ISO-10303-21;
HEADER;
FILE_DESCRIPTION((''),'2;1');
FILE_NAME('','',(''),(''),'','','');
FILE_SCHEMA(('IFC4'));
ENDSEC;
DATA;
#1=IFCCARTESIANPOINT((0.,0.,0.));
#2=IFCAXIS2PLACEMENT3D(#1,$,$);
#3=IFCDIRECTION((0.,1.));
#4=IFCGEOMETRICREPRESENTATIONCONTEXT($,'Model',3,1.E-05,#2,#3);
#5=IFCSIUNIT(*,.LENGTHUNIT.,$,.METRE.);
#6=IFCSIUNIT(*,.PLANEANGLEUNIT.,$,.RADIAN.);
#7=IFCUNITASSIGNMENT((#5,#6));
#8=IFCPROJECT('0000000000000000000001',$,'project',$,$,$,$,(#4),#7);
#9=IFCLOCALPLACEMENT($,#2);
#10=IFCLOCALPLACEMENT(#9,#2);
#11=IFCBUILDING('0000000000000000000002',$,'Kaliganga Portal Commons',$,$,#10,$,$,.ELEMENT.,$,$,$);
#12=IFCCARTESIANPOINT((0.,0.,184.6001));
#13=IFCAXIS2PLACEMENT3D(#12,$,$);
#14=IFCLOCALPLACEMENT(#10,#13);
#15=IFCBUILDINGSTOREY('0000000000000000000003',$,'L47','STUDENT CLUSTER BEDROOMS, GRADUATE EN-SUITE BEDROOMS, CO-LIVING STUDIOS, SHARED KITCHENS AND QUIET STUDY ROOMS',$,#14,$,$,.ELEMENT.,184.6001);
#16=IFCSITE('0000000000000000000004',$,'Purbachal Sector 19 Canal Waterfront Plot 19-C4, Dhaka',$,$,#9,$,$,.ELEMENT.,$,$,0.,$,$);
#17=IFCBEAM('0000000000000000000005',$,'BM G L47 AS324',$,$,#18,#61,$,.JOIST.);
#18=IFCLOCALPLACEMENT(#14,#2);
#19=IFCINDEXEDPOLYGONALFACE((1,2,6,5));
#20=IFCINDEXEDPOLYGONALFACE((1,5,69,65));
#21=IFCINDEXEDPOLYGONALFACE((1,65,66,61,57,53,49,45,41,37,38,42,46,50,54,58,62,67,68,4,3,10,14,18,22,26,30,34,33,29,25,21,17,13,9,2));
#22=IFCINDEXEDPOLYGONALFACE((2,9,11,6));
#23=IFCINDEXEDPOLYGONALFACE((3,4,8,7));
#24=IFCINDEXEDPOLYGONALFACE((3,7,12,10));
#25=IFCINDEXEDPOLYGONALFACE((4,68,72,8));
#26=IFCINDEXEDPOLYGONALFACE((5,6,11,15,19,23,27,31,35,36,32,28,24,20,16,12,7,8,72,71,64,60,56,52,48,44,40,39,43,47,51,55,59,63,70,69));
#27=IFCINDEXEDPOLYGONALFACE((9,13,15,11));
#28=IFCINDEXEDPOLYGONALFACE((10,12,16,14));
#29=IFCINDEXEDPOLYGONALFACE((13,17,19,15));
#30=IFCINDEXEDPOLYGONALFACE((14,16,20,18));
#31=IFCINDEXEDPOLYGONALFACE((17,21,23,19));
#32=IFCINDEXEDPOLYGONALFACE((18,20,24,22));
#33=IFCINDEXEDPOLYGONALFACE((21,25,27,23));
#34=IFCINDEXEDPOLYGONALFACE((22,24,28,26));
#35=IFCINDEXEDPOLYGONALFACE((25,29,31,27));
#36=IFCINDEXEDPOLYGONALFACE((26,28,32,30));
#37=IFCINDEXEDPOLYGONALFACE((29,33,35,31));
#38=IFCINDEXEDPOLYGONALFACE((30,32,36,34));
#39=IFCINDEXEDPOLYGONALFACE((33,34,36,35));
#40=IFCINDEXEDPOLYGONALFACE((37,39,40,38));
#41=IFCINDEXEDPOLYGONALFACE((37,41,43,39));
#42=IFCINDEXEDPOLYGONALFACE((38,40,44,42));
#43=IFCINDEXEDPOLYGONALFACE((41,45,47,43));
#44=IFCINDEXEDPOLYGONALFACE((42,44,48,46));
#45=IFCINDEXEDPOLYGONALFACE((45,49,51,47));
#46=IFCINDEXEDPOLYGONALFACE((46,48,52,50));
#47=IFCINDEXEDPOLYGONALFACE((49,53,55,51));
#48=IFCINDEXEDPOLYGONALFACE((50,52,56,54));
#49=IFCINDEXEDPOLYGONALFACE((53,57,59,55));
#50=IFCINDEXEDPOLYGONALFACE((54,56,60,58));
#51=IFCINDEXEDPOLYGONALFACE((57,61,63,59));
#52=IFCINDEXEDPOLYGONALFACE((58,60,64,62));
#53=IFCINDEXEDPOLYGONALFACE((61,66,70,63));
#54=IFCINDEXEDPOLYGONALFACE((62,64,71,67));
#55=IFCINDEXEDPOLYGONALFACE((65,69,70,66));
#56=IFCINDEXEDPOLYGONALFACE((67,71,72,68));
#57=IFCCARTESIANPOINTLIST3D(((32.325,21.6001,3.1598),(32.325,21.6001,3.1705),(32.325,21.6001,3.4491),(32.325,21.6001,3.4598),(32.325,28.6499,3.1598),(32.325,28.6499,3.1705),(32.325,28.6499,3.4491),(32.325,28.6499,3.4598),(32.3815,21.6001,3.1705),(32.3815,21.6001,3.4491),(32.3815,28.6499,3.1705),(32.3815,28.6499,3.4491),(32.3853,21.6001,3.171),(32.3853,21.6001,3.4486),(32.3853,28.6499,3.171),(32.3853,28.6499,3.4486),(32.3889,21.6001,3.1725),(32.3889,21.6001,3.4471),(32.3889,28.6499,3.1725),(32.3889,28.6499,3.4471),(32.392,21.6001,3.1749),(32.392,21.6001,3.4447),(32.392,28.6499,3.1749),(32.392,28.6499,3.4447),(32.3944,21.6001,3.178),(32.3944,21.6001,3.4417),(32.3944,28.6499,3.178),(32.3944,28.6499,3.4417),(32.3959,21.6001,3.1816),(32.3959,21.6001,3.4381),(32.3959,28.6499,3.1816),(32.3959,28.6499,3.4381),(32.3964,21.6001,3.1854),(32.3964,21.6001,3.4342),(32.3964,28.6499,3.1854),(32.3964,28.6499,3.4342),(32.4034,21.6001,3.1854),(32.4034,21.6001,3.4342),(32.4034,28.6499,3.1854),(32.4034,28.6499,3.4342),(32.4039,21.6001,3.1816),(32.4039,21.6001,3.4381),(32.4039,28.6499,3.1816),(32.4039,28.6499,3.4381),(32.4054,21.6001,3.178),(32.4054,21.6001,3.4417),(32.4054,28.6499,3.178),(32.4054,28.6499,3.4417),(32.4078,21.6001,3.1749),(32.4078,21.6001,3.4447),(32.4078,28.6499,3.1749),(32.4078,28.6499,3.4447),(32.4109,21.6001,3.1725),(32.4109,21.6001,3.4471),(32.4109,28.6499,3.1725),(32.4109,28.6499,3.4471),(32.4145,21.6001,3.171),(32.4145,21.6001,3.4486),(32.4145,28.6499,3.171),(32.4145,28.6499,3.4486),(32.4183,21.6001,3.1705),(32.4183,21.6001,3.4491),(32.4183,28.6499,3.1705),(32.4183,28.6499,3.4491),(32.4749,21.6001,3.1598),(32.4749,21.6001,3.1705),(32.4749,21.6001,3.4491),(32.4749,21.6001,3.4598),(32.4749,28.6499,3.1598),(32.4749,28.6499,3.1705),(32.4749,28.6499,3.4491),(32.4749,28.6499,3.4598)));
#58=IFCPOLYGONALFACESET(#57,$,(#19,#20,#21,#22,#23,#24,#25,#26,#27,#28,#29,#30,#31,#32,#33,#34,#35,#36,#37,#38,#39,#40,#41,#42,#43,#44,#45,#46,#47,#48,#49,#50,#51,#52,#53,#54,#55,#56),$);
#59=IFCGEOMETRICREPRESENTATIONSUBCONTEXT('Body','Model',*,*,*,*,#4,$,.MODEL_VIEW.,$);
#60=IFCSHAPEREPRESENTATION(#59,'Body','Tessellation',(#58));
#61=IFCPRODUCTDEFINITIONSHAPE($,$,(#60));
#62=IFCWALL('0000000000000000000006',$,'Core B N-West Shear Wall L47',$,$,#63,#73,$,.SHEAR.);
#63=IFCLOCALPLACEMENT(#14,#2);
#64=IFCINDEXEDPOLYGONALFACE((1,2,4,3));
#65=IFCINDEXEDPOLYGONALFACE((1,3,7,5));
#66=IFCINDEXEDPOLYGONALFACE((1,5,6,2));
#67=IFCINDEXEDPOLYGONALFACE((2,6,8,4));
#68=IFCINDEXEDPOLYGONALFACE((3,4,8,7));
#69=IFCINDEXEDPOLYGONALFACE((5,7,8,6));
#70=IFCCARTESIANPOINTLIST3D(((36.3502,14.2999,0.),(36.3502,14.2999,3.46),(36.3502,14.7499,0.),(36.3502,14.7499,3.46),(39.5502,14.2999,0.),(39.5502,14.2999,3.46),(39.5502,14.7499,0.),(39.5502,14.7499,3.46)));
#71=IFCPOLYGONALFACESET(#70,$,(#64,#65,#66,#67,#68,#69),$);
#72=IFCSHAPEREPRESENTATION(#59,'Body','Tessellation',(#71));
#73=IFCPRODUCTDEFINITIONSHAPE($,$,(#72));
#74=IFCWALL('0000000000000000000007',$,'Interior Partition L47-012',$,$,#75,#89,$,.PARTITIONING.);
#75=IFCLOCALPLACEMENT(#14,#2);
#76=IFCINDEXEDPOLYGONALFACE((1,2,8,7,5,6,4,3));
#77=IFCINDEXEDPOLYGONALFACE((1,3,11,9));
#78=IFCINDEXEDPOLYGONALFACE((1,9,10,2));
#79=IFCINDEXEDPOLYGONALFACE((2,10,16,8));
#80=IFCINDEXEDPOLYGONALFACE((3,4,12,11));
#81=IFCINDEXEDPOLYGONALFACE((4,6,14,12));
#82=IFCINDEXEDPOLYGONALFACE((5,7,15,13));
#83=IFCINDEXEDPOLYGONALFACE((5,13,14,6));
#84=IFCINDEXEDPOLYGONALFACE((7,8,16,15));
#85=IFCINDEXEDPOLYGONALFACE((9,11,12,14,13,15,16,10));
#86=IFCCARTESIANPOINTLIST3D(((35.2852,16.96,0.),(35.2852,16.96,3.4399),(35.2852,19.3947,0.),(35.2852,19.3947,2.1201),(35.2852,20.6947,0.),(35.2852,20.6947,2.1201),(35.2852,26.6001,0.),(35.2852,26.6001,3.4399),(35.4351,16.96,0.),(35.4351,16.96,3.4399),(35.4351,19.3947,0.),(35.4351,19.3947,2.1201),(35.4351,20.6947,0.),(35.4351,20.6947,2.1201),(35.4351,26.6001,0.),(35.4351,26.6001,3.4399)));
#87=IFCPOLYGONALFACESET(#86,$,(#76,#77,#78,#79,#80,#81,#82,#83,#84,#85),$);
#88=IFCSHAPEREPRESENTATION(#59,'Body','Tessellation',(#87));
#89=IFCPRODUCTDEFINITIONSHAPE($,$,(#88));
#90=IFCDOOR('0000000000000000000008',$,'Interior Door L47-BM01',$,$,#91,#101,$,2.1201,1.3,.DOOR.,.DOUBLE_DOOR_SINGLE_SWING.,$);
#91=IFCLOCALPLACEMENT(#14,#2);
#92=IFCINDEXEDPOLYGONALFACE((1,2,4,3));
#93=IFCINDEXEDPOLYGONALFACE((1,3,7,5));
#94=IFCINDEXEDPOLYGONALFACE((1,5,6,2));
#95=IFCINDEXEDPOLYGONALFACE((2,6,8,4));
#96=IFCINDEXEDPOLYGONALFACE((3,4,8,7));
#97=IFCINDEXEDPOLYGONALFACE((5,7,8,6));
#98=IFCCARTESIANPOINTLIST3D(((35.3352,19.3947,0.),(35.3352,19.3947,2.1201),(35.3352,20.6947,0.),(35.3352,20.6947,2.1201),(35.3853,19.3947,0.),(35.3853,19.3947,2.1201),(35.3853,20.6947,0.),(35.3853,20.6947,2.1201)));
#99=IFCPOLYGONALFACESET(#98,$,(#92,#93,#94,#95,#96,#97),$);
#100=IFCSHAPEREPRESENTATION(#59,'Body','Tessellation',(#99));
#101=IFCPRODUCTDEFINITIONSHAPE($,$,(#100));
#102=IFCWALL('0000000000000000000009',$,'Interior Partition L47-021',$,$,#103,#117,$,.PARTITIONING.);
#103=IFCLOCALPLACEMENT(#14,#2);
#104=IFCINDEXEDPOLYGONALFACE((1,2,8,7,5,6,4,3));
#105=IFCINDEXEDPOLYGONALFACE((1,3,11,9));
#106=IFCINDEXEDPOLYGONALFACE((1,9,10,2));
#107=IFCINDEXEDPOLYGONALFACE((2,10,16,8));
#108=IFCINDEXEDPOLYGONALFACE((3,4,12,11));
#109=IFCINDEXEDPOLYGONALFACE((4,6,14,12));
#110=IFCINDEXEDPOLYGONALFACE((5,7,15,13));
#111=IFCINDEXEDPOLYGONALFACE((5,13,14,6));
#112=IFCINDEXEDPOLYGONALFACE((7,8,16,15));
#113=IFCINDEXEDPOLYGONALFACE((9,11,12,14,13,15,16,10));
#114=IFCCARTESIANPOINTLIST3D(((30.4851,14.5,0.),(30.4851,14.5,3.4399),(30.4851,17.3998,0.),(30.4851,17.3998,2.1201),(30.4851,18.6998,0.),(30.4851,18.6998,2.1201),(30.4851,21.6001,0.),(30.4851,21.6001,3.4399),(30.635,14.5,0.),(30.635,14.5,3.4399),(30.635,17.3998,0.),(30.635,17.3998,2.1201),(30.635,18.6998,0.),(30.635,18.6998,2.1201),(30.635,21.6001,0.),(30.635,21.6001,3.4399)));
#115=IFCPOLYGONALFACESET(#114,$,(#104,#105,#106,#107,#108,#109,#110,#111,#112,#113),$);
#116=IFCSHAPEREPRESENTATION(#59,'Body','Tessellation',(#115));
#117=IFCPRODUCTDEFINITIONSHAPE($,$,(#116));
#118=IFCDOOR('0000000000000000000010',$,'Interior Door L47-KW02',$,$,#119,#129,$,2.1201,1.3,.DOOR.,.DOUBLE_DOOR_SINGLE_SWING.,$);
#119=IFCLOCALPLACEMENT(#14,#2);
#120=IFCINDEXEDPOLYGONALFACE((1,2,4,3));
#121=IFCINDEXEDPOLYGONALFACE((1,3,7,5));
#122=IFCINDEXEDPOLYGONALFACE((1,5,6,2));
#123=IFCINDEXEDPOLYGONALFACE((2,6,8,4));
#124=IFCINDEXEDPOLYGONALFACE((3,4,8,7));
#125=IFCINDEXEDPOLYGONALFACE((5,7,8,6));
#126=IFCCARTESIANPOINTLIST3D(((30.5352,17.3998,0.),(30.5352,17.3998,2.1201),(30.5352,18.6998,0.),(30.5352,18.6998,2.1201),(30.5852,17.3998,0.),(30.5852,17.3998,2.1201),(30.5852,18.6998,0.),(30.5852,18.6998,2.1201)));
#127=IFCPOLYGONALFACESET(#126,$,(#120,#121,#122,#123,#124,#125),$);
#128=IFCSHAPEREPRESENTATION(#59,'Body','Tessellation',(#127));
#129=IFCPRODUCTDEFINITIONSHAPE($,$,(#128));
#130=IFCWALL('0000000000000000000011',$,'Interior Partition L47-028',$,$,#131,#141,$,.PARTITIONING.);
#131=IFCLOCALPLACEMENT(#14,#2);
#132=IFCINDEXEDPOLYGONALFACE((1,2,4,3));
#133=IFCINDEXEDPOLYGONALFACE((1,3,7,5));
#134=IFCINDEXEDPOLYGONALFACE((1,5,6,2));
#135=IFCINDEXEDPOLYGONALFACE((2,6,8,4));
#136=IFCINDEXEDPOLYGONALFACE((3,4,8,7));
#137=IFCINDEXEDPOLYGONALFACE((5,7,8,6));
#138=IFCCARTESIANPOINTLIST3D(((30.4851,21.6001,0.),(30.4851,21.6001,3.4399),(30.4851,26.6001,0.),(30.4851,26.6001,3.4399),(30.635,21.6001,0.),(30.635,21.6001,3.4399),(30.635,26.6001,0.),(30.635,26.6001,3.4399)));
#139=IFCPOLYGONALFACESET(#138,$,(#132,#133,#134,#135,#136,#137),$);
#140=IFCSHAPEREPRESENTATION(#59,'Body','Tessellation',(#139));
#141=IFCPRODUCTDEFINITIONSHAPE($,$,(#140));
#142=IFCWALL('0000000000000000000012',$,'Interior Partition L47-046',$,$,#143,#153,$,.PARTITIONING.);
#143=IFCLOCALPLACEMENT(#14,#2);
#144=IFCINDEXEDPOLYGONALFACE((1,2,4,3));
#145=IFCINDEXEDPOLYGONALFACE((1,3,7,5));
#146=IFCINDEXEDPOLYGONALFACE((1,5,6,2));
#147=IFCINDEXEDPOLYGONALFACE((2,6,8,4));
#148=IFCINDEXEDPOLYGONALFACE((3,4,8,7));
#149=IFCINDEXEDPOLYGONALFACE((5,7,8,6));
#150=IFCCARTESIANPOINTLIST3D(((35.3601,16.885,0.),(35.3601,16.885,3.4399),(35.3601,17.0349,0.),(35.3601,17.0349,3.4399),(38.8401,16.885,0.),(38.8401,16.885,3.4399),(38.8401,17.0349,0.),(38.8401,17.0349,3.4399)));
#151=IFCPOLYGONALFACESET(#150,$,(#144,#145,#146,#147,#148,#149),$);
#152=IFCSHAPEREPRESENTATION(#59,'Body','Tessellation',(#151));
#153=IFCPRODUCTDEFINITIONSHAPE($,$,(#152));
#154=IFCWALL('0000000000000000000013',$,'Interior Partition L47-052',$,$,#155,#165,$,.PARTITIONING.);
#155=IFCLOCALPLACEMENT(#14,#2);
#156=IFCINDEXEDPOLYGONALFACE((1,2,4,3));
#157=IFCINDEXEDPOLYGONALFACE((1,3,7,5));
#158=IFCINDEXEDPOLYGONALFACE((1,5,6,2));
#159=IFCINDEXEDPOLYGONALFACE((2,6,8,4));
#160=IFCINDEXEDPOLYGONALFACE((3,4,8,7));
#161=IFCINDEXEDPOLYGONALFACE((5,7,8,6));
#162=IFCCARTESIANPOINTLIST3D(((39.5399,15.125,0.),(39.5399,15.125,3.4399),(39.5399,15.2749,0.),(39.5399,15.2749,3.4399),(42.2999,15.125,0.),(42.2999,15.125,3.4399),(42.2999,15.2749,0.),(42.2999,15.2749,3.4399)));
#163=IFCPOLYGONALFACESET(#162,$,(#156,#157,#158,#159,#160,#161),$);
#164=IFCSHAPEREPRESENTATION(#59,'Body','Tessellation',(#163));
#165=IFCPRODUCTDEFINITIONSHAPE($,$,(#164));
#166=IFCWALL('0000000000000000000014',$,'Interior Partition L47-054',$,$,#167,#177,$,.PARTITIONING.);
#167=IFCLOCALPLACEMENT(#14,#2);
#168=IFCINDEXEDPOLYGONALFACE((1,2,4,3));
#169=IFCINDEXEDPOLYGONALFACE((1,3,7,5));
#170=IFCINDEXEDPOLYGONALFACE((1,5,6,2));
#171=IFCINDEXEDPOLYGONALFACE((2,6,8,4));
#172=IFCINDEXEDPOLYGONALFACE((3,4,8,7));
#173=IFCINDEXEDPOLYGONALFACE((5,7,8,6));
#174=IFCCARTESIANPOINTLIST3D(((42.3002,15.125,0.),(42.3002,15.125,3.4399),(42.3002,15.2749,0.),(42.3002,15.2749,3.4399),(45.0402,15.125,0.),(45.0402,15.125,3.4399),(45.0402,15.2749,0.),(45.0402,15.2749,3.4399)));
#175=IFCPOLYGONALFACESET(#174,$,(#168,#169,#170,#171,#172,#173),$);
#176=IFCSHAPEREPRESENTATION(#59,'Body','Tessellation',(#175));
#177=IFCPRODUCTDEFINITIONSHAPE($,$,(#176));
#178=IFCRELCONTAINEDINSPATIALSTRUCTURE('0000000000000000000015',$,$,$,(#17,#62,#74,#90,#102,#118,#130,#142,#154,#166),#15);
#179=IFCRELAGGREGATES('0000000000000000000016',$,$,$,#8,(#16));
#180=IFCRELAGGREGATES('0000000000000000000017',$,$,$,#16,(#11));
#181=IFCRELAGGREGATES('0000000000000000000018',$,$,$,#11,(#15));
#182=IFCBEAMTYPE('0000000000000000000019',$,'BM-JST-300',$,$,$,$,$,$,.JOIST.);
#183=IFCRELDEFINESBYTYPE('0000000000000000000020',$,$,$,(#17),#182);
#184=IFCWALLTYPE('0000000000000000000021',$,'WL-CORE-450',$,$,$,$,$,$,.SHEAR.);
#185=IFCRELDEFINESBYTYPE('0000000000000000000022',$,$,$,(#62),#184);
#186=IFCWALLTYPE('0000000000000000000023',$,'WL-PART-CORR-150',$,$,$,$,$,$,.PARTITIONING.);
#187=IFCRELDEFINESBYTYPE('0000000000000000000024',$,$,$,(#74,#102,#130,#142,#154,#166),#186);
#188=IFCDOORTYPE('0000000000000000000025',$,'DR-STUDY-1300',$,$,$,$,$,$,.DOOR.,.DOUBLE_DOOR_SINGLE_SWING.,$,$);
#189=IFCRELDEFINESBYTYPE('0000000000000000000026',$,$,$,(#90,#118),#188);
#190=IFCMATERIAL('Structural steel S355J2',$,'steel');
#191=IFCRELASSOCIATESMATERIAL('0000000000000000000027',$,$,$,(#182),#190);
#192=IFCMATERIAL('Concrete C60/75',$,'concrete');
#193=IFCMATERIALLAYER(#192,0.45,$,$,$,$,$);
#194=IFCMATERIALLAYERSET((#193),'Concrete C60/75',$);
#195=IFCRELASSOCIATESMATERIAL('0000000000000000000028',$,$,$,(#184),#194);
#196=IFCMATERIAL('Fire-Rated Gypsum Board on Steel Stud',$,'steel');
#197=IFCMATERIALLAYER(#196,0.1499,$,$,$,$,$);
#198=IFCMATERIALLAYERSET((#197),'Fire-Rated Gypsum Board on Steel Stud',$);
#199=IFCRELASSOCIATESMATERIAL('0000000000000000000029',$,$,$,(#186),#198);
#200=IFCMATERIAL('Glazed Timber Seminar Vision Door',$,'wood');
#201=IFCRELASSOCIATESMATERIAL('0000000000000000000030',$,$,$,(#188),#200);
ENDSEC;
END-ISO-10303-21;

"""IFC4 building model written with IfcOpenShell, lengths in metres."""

from ifc_helpers import new_model, si_unit, direction, frame, frame_2d, origin, origin_2d, place, context, subcontext, project, spatial, rectangle, i_section, extrude, source, transform, mapped, material, layer, layer_set, material_profile, profile_set, type_object, element, fill, save


model = new_model("IFC4")

# Units and contexts
model_context = context("Model", 3, precision=1e-05, world=origin(), true_north=direction((0.0, 1.0)))
body_context = subcontext(model_context, "Body", "Model", "MODEL_VIEW")
ifc_project = project(units=[si_unit("LENGTHUNIT", "METRE"), si_unit("PLANEANGLEUNIT", "RADIAN")], contexts=[model_context])

# Site, building, storey
site_placement = place(None, origin())
site = spatial("IfcSite", under=ifc_project, at=site_placement, Name="Purbachal Sector 19 Canal Waterfront Plot 19-C4, Dhaka", CompositionType="ELEMENT", RefElevation=0.0)
building_placement = place(site_placement, origin())
building = spatial("IfcBuilding", under=site, at=building_placement, Name="Kaliganga Portal Commons", CompositionType="ELEMENT")
storey_placement = place(building_placement, frame((0.0, 0.0, 184.6001)))
storey = spatial("IfcBuildingStorey", under=building, at=storey_placement, Name="L47", Description="STUDENT CLUSTER BEDROOMS, GRADUATE EN-SUITE BEDROOMS, CO-LIVING STUDIOS, SHARED KITCHENS AND QUIET STUDY ROOMS", CompositionType="ELEMENT", Elevation=184.6001)

# Shared definitions
ifc_material_1 = material(Name="Concrete C60/75", Category="concrete")

# Beam
ifc_material_2 = material(Name="Structural steel S355J2", Category="steel")
ifc_material_profile_1 = material_profile(ifc_material_2, i_section(OverallWidth=0.1499, OverallDepth=0.3, WebThickness=0.0071, FlangeThickness=0.0107, FilletRadius=0.0149, at=origin_2d()), Name="IPE 300")
ifc_profile_set_1 = profile_set([ifc_material_profile_1], Name="Structural steel S355J2 wide-flange")
beam_type_1 = type_object("IfcBeamType", Name="BM-JST-300", PredefinedType="JOIST", material=ifc_profile_set_1)
shared_shape_1 = source(origin(), body_context, "Body", "SweptSolid", [
    extrude(i_section(OverallWidth=0.1499, OverallDepth=0.3, WebThickness=0.0071, FlangeThickness=0.0107, FilletRadius=0.0149, at=origin_2d()), origin(), (0.0, 0.0, 1.0), 7.0498),
])
beam_1_placement = place(storey_placement, frame((32.3999, 21.6001, 3.3098), z_axis=(0.0, 1.0, 0.0), x_axis=(-1.0, 0.0, 0.0)))
element("IfcBeam", 1, at=beam_1_placement, inside=storey, type_object=beam_type_1, Name="BM G L47 AS324", PredefinedType="JOIST", context=body_context, shape_type="MappedRepresentation", body=[
    mapped(shared_shape_1, transform((0.0, 0.0, 0.0), x_axis=(1.0, 0.0, 0.0), y_axis=(0.0, 1.0, 0.0), z_axis=(0.0, 0.0, 1.0), scale=1.0)),
])

# Wall
ifc_layer_1 = layer(ifc_material_1, 0.45)
ifc_layer_set_1 = layer_set([ifc_layer_1], Name="Concrete C60/75")
wall_type_1 = type_object("IfcWallType", Name="WL-CORE-450", PredefinedType="SHEAR", material=ifc_layer_set_1)
wall_1_placement = place(storey_placement, frame((36.3501, 14.5249, 0.0), z_axis=(0.0, 0.0, 1.0), x_axis=(1.0, 0.0, 0.0)))
element("IfcWall", 2, at=wall_1_placement, inside=storey, type_object=wall_type_1, Name="Core B N-West Shear Wall L47", PredefinedType="SHEAR", context=body_context, shape_type="SweptSolid", body=[
    extrude(rectangle(XDim=3.2, YDim=0.45, at=frame_2d((1.6001, 0.0))), origin(), (0.0, 0.0, 1.0), 3.46),
])

# Walls, openings, doors
ifc_material_3 = material(Name="Fire-Rated Gypsum Board on Steel Stud", Category="steel")
ifc_layer_2 = layer(ifc_material_3, 0.1499)
ifc_layer_set_2 = layer_set([ifc_layer_2], Name="Fire-Rated Gypsum Board on Steel Stud")
wall_type_2 = type_object("IfcWallType", Name="WL-PART-CORR-150", PredefinedType="PARTITIONING", material=ifc_layer_set_2)
wall_2_placement = place(storey_placement, frame((35.3601, 16.96, 0.0), z_axis=(0.0, 0.0, 1.0), x_axis=(0.0, 1.0, 0.0)))
wall_2 = element("IfcWall", 3, at=wall_2_placement, inside=storey, type_object=wall_type_2, Name="Interior Partition L47-012", PredefinedType="PARTITIONING", context=body_context, shape_type="SweptSolid", body=[
    extrude(rectangle(XDim=9.6401, YDim=0.1499, at=frame_2d((4.8201, 0.0))), origin(), (0.0, 0.0, 1.0), 3.4399),
])
opening_1_placement = place(wall_2_placement, frame((2.4348, 0.0, 0.0)))
opening_1 = element("IfcOpeningElement", 4, at=opening_1_placement, cuts=wall_2, PredefinedType="OPENING", context=body_context, shape_type="SweptSolid", body=[
    extrude(rectangle(XDim=1.3, YDim=2.1201, at=frame_2d((0.6499, 1.0601))), frame((0.0, 0.085, 0.0), z_axis=(0.0, -1.0, 0.0), x_axis=(1.0, 0.0, 0.0)), (0.0, 0.0, 1.0), 0.1699),
])
ifc_material_4 = material(Name="Glazed Timber Seminar Vision Door", Category="wood")
door_type = type_object("IfcDoorType", Name="DR-STUDY-1300", OperationType="DOUBLE_DOOR_SINGLE_SWING", PredefinedType="DOOR", material=ifc_material_4)
door_1_placement = place(opening_1_placement, origin())
door_1 = element("IfcDoor", 5, at=door_1_placement, inside=storey, type_object=door_type, Name="Interior Door L47-BM01", OperationType="DOUBLE_DOOR_SINGLE_SWING", OverallHeight=2.1201, OverallWidth=1.3, PredefinedType="DOOR", context=body_context, shape_type="SweptSolid", body=[
    extrude(rectangle(XDim=1.3, YDim=2.1201, at=frame_2d((0.6499, 1.0601))), frame((0.0, 0.0249, 0.0), z_axis=(0.0, -1.0, 0.0), x_axis=(1.0, 0.0, 0.0)), (0.0, 0.0, 1.0), 0.05),
])
fill(opening_1, door_1)
wall_3_placement = place(storey_placement, frame((30.5601, 14.5, 0.0), z_axis=(0.0, 0.0, 1.0), x_axis=(0.0, 1.0, 0.0)))
wall_3 = element("IfcWall", 6, at=wall_3_placement, inside=storey, type_object=wall_type_2, Name="Interior Partition L47-021", PredefinedType="PARTITIONING", context=body_context, shape_type="SweptSolid", body=[
    extrude(rectangle(XDim=7.1001, YDim=0.1499, at=frame_2d((3.55, 0.0))), origin(), (0.0, 0.0, 1.0), 3.4399),
])
opening_2_placement = place(wall_3_placement, frame((2.8999, 0.0, 0.0)))
opening_2 = element("IfcOpeningElement", 7, at=opening_2_placement, cuts=wall_3, PredefinedType="OPENING", context=body_context, shape_type="SweptSolid", body=[
    extrude(rectangle(XDim=1.3, YDim=2.1201, at=frame_2d((0.6499, 1.0601))), frame((0.0, 0.085, 0.0), z_axis=(0.0, -1.0, 0.0), x_axis=(1.0, 0.0, 0.0)), (0.0, 0.0, 1.0), 0.1699),
])
door_2_placement = place(opening_2_placement, origin())
door_2 = element("IfcDoor", 8, at=door_2_placement, inside=storey, type_object=door_type, Name="Interior Door L47-KW02", OperationType="DOUBLE_DOOR_SINGLE_SWING", OverallHeight=2.1201, OverallWidth=1.3, PredefinedType="DOOR", context=body_context, shape_type="SweptSolid", body=[
    extrude(rectangle(XDim=1.3, YDim=2.1201, at=frame_2d((0.6499, 1.0601))), frame((0.0, 0.0249, 0.0), z_axis=(0.0, -1.0, 0.0), x_axis=(1.0, 0.0, 0.0)), (0.0, 0.0, 1.0), 0.05),
])
fill(opening_2, door_2)

# Wall
wall_4_placement = place(storey_placement, frame((30.5601, 21.6001, 0.0), z_axis=(0.0, 0.0, 1.0), x_axis=(0.0, 1.0, 0.0)))
element("IfcWall", 9, at=wall_4_placement, inside=storey, type_object=wall_type_2, Name="Interior Partition L47-028", PredefinedType="PARTITIONING", context=body_context, shape_type="SweptSolid", body=[
    extrude(rectangle(XDim=5.0, YDim=0.1499, at=frame_2d((2.5, 0.0))), origin(), (0.0, 0.0, 1.0), 3.4399),
])

# Walls
wall_5_placement = place(storey_placement, frame((35.3601, 16.96, 0.0), z_axis=(0.0, 0.0, 1.0), x_axis=(1.0, 0.0, 0.0)))
element("IfcWall", 10, at=wall_5_placement, inside=storey, type_object=wall_type_2, Name="Interior Partition L47-046", PredefinedType="PARTITIONING", context=body_context, shape_type="SweptSolid", body=[
    extrude(rectangle(XDim=3.48, YDim=0.1499, at=frame_2d((1.74, 0.0))), origin(), (0.0, 0.0, 1.0), 3.4399),
])
wall_6_placement = place(storey_placement, frame((39.54, 15.2, 0.0), z_axis=(0.0, 0.0, 1.0), x_axis=(1.0, 0.0, 0.0)))
element("IfcWall", 11, at=wall_6_placement, inside=storey, type_object=wall_type_2, Name="Interior Partition L47-052", PredefinedType="PARTITIONING", context=body_context, shape_type="SweptSolid", body=[
    extrude(rectangle(XDim=2.76, YDim=0.1499, at=frame_2d((1.3799, 0.0))), origin(), (0.0, 0.0, 1.0), 3.4399),
])
wall_7_placement = place(storey_placement, frame((42.3, 15.2, 0.0), z_axis=(0.0, 0.0, 1.0), x_axis=(1.0, 0.0, 0.0)))
element("IfcWall", 12, at=wall_7_placement, inside=storey, type_object=wall_type_2, Name="Interior Partition L47-054", PredefinedType="PARTITIONING", context=body_context, shape_type="SweptSolid", body=[
    extrude(rectangle(XDim=2.74, YDim=0.1499, at=frame_2d((1.3701, 0.0))), origin(), (0.0, 0.0, 1.0), 3.4399),
])

save(model, "model.ifc")
